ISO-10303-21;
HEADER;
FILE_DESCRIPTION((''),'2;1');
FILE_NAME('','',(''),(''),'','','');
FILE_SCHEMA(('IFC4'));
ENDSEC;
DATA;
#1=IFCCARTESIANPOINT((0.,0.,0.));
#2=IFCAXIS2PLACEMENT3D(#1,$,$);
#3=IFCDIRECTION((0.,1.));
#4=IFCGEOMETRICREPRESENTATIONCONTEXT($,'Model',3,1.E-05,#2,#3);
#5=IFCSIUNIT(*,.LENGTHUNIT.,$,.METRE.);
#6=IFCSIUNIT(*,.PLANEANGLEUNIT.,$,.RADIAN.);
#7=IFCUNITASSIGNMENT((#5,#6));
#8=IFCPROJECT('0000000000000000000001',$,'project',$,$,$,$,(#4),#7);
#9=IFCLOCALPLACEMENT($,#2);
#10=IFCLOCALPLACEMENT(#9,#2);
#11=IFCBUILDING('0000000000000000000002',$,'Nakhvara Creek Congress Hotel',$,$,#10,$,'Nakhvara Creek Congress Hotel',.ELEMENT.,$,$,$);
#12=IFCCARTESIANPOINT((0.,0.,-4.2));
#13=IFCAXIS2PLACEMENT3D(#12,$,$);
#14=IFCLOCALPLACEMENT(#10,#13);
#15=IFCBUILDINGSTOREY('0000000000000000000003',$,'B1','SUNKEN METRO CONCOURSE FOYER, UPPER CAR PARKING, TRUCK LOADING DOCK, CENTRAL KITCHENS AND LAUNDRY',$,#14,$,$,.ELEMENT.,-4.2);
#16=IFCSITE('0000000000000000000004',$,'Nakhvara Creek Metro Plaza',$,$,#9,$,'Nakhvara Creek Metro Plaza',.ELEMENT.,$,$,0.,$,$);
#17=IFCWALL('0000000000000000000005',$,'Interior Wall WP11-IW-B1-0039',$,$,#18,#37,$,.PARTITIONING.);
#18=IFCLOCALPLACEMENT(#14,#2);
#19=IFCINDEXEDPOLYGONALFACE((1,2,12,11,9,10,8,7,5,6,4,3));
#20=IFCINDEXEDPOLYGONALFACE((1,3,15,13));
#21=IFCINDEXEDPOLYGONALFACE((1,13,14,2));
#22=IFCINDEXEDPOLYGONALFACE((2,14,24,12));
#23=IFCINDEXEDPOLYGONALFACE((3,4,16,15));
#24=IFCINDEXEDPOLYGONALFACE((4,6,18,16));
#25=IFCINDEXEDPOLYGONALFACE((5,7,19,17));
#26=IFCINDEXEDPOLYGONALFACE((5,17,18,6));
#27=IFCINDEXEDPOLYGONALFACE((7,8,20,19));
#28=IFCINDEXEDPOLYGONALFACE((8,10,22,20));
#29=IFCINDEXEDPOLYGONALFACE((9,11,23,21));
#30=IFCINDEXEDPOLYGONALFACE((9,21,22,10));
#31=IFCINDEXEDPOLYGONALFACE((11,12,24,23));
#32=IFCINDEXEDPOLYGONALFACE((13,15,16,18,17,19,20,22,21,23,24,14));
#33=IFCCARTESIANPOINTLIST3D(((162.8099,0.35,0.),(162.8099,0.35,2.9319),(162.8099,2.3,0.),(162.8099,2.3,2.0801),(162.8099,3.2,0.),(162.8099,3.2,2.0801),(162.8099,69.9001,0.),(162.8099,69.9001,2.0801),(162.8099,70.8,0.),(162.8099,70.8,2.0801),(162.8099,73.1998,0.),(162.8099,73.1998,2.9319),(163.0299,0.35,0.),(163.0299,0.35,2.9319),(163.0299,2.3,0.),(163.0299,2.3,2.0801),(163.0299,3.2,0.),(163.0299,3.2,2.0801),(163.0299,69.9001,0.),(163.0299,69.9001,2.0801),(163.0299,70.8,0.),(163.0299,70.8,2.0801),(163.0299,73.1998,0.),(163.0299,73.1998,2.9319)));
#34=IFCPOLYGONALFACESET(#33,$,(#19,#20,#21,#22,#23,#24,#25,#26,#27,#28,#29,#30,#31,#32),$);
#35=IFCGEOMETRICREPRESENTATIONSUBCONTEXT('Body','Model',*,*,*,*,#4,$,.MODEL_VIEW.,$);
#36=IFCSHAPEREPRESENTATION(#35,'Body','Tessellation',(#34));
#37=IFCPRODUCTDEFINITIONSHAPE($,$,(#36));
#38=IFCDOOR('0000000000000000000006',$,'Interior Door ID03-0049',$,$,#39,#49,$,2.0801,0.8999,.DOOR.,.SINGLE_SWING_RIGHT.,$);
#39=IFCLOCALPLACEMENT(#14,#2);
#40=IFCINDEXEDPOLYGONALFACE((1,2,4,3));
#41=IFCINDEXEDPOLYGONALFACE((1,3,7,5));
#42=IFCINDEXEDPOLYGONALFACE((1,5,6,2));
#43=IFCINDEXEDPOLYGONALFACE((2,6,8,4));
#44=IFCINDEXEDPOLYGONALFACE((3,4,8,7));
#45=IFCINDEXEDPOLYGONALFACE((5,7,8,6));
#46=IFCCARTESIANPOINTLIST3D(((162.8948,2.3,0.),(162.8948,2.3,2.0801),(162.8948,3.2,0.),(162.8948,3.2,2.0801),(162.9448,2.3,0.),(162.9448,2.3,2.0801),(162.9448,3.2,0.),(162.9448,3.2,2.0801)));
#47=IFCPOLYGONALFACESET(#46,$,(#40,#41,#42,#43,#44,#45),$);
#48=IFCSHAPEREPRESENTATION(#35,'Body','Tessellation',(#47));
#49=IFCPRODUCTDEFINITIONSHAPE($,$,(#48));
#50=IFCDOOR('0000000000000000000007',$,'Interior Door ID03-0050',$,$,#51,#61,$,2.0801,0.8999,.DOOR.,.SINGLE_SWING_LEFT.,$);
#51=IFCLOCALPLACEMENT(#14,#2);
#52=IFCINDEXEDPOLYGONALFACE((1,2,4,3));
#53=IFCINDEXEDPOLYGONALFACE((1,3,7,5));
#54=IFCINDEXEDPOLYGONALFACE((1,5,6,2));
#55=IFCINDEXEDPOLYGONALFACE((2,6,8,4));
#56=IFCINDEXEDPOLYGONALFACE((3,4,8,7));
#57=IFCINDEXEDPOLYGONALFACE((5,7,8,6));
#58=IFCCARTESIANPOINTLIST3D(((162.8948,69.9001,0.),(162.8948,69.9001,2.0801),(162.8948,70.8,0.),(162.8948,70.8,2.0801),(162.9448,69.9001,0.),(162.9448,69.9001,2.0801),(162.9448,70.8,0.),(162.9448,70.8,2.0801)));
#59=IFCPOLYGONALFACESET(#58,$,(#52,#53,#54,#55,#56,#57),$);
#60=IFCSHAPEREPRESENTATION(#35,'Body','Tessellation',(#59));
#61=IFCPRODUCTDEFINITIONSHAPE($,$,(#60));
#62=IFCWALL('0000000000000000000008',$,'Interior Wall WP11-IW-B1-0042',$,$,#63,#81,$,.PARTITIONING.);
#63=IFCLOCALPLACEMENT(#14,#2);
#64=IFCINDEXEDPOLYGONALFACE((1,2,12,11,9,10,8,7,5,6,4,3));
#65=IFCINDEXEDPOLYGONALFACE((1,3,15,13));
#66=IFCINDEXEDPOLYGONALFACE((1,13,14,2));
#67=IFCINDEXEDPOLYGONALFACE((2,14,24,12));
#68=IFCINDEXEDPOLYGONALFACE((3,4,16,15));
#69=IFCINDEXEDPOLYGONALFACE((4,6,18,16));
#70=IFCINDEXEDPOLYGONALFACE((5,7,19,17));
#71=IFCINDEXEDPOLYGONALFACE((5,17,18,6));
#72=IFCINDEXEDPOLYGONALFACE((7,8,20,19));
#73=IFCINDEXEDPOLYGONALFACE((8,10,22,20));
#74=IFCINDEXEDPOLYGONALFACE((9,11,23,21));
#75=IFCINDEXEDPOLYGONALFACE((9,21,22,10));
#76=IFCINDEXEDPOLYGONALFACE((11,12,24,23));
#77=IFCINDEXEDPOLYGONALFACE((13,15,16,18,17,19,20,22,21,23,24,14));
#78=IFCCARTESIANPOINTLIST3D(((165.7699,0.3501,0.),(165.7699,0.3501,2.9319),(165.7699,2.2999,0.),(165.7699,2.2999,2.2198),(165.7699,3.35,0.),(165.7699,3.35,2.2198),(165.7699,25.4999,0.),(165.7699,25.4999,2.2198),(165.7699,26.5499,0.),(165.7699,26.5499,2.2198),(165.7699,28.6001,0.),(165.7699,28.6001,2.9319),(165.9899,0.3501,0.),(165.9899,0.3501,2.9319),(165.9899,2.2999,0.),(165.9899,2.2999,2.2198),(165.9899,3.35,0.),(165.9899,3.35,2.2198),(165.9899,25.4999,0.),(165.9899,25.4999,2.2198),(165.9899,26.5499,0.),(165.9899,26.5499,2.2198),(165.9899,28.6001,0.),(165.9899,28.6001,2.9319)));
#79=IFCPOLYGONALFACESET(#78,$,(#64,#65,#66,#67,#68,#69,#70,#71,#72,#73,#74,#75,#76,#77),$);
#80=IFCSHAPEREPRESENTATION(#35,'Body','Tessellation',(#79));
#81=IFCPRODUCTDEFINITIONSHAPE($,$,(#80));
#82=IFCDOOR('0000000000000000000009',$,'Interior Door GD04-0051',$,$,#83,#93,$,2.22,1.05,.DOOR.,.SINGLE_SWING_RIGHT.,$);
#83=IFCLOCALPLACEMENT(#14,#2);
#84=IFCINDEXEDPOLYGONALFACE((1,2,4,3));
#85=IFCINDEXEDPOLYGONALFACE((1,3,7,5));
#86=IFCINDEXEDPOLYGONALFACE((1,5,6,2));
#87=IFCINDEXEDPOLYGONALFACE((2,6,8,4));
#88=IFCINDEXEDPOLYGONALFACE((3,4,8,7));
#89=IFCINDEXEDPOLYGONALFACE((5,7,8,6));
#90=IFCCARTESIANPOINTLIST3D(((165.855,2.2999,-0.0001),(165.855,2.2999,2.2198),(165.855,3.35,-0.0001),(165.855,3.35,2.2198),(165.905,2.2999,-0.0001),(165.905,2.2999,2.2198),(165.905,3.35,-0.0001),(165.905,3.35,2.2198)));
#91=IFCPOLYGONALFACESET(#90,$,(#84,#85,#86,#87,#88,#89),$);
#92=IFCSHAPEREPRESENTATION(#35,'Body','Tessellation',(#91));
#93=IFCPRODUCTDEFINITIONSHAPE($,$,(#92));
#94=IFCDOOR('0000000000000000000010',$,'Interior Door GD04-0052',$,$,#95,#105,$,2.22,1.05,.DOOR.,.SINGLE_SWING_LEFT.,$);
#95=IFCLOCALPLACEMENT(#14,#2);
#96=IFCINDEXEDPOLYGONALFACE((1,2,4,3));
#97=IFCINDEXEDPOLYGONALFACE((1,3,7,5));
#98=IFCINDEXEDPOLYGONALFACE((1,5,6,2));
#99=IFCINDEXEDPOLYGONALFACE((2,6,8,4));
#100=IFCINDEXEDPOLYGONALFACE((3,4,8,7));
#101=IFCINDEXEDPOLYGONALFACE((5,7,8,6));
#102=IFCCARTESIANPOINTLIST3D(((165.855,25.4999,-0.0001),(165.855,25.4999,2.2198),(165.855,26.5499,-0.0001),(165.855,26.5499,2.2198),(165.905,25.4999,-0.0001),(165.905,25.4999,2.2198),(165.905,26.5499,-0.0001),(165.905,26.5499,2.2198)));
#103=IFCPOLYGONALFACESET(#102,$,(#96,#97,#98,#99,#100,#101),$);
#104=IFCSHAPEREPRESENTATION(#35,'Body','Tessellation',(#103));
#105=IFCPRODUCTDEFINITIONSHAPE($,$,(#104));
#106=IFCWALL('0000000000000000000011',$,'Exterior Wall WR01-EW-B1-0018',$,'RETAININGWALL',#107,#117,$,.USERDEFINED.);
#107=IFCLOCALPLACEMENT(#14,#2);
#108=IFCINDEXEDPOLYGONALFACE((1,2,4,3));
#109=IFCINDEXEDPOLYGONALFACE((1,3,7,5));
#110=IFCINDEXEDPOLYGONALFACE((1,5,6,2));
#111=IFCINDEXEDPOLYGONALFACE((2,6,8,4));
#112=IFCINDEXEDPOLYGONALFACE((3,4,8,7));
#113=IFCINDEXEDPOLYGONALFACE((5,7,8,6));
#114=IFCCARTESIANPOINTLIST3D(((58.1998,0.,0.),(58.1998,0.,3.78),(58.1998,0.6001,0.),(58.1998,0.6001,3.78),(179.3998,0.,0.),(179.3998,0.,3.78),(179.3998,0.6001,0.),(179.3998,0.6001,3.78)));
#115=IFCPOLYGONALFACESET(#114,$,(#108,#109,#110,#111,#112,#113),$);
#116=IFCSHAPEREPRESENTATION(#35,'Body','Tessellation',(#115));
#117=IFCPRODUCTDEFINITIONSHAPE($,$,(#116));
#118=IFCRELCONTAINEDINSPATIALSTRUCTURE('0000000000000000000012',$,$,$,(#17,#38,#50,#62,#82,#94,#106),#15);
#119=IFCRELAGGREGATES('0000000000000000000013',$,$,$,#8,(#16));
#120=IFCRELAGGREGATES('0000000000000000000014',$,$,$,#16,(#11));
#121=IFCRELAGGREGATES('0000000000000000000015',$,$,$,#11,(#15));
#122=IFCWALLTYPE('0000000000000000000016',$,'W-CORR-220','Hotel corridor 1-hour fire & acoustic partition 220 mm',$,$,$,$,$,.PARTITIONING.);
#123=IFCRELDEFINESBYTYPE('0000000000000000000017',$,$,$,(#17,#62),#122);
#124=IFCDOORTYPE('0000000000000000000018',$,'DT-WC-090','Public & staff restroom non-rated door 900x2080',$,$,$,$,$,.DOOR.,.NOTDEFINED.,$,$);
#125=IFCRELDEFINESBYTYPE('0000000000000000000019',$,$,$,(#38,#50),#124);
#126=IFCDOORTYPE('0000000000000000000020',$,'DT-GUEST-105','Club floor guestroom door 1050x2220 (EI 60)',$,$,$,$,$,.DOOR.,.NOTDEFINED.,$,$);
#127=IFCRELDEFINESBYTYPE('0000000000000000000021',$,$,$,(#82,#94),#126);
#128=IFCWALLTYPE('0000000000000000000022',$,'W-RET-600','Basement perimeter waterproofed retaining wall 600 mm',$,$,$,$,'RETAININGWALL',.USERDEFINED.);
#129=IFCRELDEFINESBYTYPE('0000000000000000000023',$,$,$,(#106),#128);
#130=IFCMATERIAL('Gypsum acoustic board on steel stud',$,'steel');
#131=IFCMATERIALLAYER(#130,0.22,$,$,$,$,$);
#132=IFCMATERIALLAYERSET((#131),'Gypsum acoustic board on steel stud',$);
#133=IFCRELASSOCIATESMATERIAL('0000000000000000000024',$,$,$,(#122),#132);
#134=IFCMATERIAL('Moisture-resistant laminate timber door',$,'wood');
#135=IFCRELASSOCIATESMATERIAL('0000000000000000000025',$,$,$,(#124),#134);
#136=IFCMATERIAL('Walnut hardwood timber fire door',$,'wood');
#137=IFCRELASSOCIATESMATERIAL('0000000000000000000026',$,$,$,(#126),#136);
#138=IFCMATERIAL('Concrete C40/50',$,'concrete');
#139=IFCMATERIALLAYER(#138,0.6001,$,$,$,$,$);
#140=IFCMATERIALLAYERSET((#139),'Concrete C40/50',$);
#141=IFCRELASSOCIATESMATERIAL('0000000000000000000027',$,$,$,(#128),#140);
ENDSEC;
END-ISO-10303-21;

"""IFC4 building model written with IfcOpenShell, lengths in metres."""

from ifc_helpers import new_model, si_unit, direction, frame, frame_2d, origin, place, context, subcontext, project, spatial, rectangle, extrude, material, layer, layer_set, type_object, element, fill, save


model = new_model("IFC4")

# Units and contexts
model_context = context("Model", 3, precision=1e-05, world=origin(), true_north=direction((0.0, 1.0)))
body_context = subcontext(model_context, "Body", "Model", "MODEL_VIEW")
ifc_project = project(units=[si_unit("LENGTHUNIT", "METRE"), si_unit("PLANEANGLEUNIT", "RADIAN")], contexts=[model_context])

# Site, building, storey
site_placement = place(None, origin())
site = spatial("IfcSite", under=ifc_project, at=site_placement, Name="Nakhvara Creek Metro Plaza", LongName="Nakhvara Creek Metro Plaza", CompositionType="ELEMENT", RefElevation=0.0)
building_placement = place(site_placement, origin())
building = spatial("IfcBuilding", under=site, at=building_placement, Name="Nakhvara Creek Congress Hotel", LongName="Nakhvara Creek Congress Hotel", CompositionType="ELEMENT")
storey_placement = place(building_placement, frame((0.0, 0.0, -4.2)))
storey = spatial("IfcBuildingStorey", under=building, at=storey_placement, Name="B1", Description="SUNKEN METRO CONCOURSE FOYER, UPPER CAR PARKING, TRUCK LOADING DOCK, CENTRAL KITCHENS AND LAUNDRY", CompositionType="ELEMENT", Elevation=-4.2)

# Shared definitions
ifc_material_1 = material(Name="Concrete C40/50", Category="concrete")

# Walls, openings, doors
ifc_material_2 = material(Name="Gypsum acoustic board on steel stud", Category="steel")
ifc_layer_1 = layer(ifc_material_2, 0.22)
ifc_layer_set_1 = layer_set([ifc_layer_1], Name="Gypsum acoustic board on steel stud")
wall_type_1 = type_object("IfcWallType", Name="W-CORR-220", Description="Hotel corridor 1-hour fire & acoustic partition 220 mm", PredefinedType="PARTITIONING", material=ifc_layer_set_1)
wall_1_placement = place(storey_placement, frame((162.9199, 0.3501, 0.0), z_axis=(0.0, 0.0, 1.0), x_axis=(0.0, 1.0, 0.0)))
wall_1 = element("IfcWall", 1, at=wall_1_placement, inside=storey, type_object=wall_type_1, Name="Interior Wall WP11-IW-B1-0039", PredefinedType="PARTITIONING", context=body_context, shape_type="SweptSolid", body=[
    extrude(rectangle(XDim=72.8499, YDim=0.22, at=frame_2d((36.4248, 0.0))), origin(), (0.0, 0.0, 1.0), 2.9319),
])
opening_1_placement = place(wall_1_placement, frame((1.95, 0.0, 0.0)))
opening_1 = element("IfcOpeningElement", 2, at=opening_1_placement, cuts=wall_1, PredefinedType="OPENING", context=body_context, shape_type="SweptSolid", body=[
    extrude(rectangle(XDim=0.8999, YDim=2.0801, at=frame_2d((0.45, 1.04))), frame((0.0, 0.1221, 0.0), z_axis=(0.0, -1.0, 0.0), x_axis=(1.0, 0.0, 0.0)), (0.0, 0.0, 1.0), 0.2439),
])
opening_2_placement = place(wall_1_placement, frame((69.55, 0.0, 0.0)))
opening_2 = element("IfcOpeningElement", 3, at=opening_2_placement, cuts=wall_1, PredefinedType="OPENING", context=body_context, shape_type="SweptSolid", body=[
    extrude(rectangle(XDim=0.8999, YDim=2.0801, at=frame_2d((0.45, 1.04))), frame((0.0, 0.1221, 0.0), z_axis=(0.0, -1.0, 0.0), x_axis=(1.0, 0.0, 0.0)), (0.0, 0.0, 1.0), 0.2439),
])
ifc_material_3 = material(Name="Moisture-resistant laminate timber door", Category="wood")
door_type_1 = type_object("IfcDoorType", Name="DT-WC-090", Description="Public & staff restroom non-rated door 900x2080", OperationType="NOTDEFINED", PredefinedType="DOOR", material=ifc_material_3)
door_1_placement = place(opening_1_placement, frame((0.8999, 0.0, 0.0), z_axis=(0.0, 0.0, 1.0), x_axis=(-1.0, 0.0, 0.0)))
door_1 = element("IfcDoor", 4, at=door_1_placement, inside=storey, type_object=door_type_1, Name="Interior Door ID03-0049", OperationType="SINGLE_SWING_RIGHT", OverallHeight=2.0801, OverallWidth=0.8999, PredefinedType="DOOR", context=body_context, shape_type="SweptSolid", body=[
    extrude(rectangle(XDim=0.8999, YDim=2.0801, at=frame_2d((0.45, 1.04))), frame((0.0, 0.0249, 0.0), z_axis=(0.0, -1.0, 0.0), x_axis=(1.0, 0.0, 0.0)), (0.0, 0.0, 1.0), 0.05),
])
fill(opening_1, door_1)
door_2_placement = place(opening_2_placement, frame((0.8999, 0.0, 0.0), z_axis=(0.0, 0.0, 1.0), x_axis=(-1.0, 0.0, 0.0)))
door_2 = element("IfcDoor", 5, at=door_2_placement, inside=storey, type_object=door_type_1, Name="Interior Door ID03-0050", OperationType="SINGLE_SWING_LEFT", OverallHeight=2.0801, OverallWidth=0.8999, PredefinedType="DOOR", context=body_context, shape_type="SweptSolid", body=[
    extrude(rectangle(XDim=0.8999, YDim=2.0801, at=frame_2d((0.45, 1.04))), frame((0.0, 0.0249, 0.0), z_axis=(0.0, -1.0, 0.0), x_axis=(1.0, 0.0, 0.0)), (0.0, 0.0, 1.0), 0.05),
])
fill(opening_2, door_2)
wall_2_placement = place(storey_placement, frame((165.8799, 0.3501, 0.0), z_axis=(0.0, 0.0, 1.0), x_axis=(0.0, 1.0, 0.0)))
wall_2 = element("IfcWall", 6, at=wall_2_placement, inside=storey, type_object=wall_type_1, Name="Interior Wall WP11-IW-B1-0042", PredefinedType="PARTITIONING", context=body_context, shape_type="SweptSolid", body=[
    extrude(rectangle(XDim=28.25, YDim=0.22, at=frame_2d((14.125, 0.0))), origin(), (0.0, 0.0, 1.0), 2.9319),
])
opening_3_placement = place(wall_2_placement, frame((1.95, 0.0, 0.0)))
opening_3 = element("IfcOpeningElement", 7, at=opening_3_placement, cuts=wall_2, PredefinedType="OPENING", context=body_context, shape_type="SweptSolid", body=[
    extrude(rectangle(XDim=1.05, YDim=2.22, at=frame_2d((0.5249, 1.1099))), frame((0.0, 0.1221, 0.0), z_axis=(0.0, -1.0, 0.0), x_axis=(1.0, 0.0, 0.0)), (0.0, 0.0, 1.0), 0.2439),
])
opening_4_placement = place(wall_2_placement, frame((25.1499, 0.0, 0.0)))
opening_4 = element("IfcOpeningElement", 8, at=opening_4_placement, cuts=wall_2, PredefinedType="OPENING", context=body_context, shape_type="SweptSolid", body=[
    extrude(rectangle(XDim=1.05, YDim=2.22, at=frame_2d((0.5249, 1.1099))), frame((0.0, 0.1221, 0.0), z_axis=(0.0, -1.0, 0.0), x_axis=(1.0, 0.0, 0.0)), (0.0, 0.0, 1.0), 0.2439),
])
ifc_material_4 = material(Name="Walnut hardwood timber fire door", Category="wood")
door_type_2 = type_object("IfcDoorType", Name="DT-GUEST-105", Description="Club floor guestroom door 1050x2220 (EI 60)", OperationType="NOTDEFINED", PredefinedType="DOOR", material=ifc_material_4)
door_3_placement = place(opening_3_placement, origin())
door_3 = element("IfcDoor", 9, at=door_3_placement, inside=storey, type_object=door_type_2, Name="Interior Door GD04-0051", OperationType="SINGLE_SWING_RIGHT", OverallHeight=2.22, OverallWidth=1.05, PredefinedType="DOOR", context=body_context, shape_type="SweptSolid", body=[
    extrude(rectangle(XDim=1.05, YDim=2.22, at=frame_2d((0.5249, 1.1099))), frame((0.0, 0.0249, 0.0), z_axis=(0.0, -1.0, 0.0), x_axis=(1.0, 0.0, 0.0)), (0.0, 0.0, 1.0), 0.05),
])
fill(opening_3, door_3)
door_4_placement = place(opening_4_placement, origin())
door_4 = element("IfcDoor", 10, at=door_4_placement, inside=storey, type_object=door_type_2, Name="Interior Door GD04-0052", OperationType="SINGLE_SWING_LEFT", OverallHeight=2.22, OverallWidth=1.05, PredefinedType="DOOR", context=body_context, shape_type="SweptSolid", body=[
    extrude(rectangle(XDim=1.05, YDim=2.22, at=frame_2d((0.5249, 1.1099))), frame((0.0, 0.0249, 0.0), z_axis=(0.0, -1.0, 0.0), x_axis=(1.0, 0.0, 0.0)), (0.0, 0.0, 1.0), 0.05),
])
fill(opening_4, door_4)

# Wall
ifc_layer_2 = layer(ifc_material_1, 0.6001)
ifc_layer_set_2 = layer_set([ifc_layer_2], Name="Concrete C40/50")
wall_type_2 = type_object("IfcWallType", Name="W-RET-600", Description="Basement perimeter waterproofed retaining wall 600 mm", ElementType="RETAININGWALL", PredefinedType="USERDEFINED", material=ifc_layer_set_2)
wall_3_placement = place(storey_placement, frame((179.3999, 0.3, 0.0), z_axis=(0.0, 0.0, 1.0), x_axis=(-1.0, 0.0, 0.0)))
element("IfcWall", 11, at=wall_3_placement, inside=storey, type_object=wall_type_2, Name="Exterior Wall WR01-EW-B1-0018", ObjectType="RETAININGWALL", PredefinedType="USERDEFINED", context=body_context, shape_type="SweptSolid", body=[
    extrude(rectangle(XDim=121.2, YDim=0.6001, at=frame_2d((60.6001, 0.0))), origin(), (0.0, 0.0, 1.0), 3.78),
])

save(model, "model.ifc")
